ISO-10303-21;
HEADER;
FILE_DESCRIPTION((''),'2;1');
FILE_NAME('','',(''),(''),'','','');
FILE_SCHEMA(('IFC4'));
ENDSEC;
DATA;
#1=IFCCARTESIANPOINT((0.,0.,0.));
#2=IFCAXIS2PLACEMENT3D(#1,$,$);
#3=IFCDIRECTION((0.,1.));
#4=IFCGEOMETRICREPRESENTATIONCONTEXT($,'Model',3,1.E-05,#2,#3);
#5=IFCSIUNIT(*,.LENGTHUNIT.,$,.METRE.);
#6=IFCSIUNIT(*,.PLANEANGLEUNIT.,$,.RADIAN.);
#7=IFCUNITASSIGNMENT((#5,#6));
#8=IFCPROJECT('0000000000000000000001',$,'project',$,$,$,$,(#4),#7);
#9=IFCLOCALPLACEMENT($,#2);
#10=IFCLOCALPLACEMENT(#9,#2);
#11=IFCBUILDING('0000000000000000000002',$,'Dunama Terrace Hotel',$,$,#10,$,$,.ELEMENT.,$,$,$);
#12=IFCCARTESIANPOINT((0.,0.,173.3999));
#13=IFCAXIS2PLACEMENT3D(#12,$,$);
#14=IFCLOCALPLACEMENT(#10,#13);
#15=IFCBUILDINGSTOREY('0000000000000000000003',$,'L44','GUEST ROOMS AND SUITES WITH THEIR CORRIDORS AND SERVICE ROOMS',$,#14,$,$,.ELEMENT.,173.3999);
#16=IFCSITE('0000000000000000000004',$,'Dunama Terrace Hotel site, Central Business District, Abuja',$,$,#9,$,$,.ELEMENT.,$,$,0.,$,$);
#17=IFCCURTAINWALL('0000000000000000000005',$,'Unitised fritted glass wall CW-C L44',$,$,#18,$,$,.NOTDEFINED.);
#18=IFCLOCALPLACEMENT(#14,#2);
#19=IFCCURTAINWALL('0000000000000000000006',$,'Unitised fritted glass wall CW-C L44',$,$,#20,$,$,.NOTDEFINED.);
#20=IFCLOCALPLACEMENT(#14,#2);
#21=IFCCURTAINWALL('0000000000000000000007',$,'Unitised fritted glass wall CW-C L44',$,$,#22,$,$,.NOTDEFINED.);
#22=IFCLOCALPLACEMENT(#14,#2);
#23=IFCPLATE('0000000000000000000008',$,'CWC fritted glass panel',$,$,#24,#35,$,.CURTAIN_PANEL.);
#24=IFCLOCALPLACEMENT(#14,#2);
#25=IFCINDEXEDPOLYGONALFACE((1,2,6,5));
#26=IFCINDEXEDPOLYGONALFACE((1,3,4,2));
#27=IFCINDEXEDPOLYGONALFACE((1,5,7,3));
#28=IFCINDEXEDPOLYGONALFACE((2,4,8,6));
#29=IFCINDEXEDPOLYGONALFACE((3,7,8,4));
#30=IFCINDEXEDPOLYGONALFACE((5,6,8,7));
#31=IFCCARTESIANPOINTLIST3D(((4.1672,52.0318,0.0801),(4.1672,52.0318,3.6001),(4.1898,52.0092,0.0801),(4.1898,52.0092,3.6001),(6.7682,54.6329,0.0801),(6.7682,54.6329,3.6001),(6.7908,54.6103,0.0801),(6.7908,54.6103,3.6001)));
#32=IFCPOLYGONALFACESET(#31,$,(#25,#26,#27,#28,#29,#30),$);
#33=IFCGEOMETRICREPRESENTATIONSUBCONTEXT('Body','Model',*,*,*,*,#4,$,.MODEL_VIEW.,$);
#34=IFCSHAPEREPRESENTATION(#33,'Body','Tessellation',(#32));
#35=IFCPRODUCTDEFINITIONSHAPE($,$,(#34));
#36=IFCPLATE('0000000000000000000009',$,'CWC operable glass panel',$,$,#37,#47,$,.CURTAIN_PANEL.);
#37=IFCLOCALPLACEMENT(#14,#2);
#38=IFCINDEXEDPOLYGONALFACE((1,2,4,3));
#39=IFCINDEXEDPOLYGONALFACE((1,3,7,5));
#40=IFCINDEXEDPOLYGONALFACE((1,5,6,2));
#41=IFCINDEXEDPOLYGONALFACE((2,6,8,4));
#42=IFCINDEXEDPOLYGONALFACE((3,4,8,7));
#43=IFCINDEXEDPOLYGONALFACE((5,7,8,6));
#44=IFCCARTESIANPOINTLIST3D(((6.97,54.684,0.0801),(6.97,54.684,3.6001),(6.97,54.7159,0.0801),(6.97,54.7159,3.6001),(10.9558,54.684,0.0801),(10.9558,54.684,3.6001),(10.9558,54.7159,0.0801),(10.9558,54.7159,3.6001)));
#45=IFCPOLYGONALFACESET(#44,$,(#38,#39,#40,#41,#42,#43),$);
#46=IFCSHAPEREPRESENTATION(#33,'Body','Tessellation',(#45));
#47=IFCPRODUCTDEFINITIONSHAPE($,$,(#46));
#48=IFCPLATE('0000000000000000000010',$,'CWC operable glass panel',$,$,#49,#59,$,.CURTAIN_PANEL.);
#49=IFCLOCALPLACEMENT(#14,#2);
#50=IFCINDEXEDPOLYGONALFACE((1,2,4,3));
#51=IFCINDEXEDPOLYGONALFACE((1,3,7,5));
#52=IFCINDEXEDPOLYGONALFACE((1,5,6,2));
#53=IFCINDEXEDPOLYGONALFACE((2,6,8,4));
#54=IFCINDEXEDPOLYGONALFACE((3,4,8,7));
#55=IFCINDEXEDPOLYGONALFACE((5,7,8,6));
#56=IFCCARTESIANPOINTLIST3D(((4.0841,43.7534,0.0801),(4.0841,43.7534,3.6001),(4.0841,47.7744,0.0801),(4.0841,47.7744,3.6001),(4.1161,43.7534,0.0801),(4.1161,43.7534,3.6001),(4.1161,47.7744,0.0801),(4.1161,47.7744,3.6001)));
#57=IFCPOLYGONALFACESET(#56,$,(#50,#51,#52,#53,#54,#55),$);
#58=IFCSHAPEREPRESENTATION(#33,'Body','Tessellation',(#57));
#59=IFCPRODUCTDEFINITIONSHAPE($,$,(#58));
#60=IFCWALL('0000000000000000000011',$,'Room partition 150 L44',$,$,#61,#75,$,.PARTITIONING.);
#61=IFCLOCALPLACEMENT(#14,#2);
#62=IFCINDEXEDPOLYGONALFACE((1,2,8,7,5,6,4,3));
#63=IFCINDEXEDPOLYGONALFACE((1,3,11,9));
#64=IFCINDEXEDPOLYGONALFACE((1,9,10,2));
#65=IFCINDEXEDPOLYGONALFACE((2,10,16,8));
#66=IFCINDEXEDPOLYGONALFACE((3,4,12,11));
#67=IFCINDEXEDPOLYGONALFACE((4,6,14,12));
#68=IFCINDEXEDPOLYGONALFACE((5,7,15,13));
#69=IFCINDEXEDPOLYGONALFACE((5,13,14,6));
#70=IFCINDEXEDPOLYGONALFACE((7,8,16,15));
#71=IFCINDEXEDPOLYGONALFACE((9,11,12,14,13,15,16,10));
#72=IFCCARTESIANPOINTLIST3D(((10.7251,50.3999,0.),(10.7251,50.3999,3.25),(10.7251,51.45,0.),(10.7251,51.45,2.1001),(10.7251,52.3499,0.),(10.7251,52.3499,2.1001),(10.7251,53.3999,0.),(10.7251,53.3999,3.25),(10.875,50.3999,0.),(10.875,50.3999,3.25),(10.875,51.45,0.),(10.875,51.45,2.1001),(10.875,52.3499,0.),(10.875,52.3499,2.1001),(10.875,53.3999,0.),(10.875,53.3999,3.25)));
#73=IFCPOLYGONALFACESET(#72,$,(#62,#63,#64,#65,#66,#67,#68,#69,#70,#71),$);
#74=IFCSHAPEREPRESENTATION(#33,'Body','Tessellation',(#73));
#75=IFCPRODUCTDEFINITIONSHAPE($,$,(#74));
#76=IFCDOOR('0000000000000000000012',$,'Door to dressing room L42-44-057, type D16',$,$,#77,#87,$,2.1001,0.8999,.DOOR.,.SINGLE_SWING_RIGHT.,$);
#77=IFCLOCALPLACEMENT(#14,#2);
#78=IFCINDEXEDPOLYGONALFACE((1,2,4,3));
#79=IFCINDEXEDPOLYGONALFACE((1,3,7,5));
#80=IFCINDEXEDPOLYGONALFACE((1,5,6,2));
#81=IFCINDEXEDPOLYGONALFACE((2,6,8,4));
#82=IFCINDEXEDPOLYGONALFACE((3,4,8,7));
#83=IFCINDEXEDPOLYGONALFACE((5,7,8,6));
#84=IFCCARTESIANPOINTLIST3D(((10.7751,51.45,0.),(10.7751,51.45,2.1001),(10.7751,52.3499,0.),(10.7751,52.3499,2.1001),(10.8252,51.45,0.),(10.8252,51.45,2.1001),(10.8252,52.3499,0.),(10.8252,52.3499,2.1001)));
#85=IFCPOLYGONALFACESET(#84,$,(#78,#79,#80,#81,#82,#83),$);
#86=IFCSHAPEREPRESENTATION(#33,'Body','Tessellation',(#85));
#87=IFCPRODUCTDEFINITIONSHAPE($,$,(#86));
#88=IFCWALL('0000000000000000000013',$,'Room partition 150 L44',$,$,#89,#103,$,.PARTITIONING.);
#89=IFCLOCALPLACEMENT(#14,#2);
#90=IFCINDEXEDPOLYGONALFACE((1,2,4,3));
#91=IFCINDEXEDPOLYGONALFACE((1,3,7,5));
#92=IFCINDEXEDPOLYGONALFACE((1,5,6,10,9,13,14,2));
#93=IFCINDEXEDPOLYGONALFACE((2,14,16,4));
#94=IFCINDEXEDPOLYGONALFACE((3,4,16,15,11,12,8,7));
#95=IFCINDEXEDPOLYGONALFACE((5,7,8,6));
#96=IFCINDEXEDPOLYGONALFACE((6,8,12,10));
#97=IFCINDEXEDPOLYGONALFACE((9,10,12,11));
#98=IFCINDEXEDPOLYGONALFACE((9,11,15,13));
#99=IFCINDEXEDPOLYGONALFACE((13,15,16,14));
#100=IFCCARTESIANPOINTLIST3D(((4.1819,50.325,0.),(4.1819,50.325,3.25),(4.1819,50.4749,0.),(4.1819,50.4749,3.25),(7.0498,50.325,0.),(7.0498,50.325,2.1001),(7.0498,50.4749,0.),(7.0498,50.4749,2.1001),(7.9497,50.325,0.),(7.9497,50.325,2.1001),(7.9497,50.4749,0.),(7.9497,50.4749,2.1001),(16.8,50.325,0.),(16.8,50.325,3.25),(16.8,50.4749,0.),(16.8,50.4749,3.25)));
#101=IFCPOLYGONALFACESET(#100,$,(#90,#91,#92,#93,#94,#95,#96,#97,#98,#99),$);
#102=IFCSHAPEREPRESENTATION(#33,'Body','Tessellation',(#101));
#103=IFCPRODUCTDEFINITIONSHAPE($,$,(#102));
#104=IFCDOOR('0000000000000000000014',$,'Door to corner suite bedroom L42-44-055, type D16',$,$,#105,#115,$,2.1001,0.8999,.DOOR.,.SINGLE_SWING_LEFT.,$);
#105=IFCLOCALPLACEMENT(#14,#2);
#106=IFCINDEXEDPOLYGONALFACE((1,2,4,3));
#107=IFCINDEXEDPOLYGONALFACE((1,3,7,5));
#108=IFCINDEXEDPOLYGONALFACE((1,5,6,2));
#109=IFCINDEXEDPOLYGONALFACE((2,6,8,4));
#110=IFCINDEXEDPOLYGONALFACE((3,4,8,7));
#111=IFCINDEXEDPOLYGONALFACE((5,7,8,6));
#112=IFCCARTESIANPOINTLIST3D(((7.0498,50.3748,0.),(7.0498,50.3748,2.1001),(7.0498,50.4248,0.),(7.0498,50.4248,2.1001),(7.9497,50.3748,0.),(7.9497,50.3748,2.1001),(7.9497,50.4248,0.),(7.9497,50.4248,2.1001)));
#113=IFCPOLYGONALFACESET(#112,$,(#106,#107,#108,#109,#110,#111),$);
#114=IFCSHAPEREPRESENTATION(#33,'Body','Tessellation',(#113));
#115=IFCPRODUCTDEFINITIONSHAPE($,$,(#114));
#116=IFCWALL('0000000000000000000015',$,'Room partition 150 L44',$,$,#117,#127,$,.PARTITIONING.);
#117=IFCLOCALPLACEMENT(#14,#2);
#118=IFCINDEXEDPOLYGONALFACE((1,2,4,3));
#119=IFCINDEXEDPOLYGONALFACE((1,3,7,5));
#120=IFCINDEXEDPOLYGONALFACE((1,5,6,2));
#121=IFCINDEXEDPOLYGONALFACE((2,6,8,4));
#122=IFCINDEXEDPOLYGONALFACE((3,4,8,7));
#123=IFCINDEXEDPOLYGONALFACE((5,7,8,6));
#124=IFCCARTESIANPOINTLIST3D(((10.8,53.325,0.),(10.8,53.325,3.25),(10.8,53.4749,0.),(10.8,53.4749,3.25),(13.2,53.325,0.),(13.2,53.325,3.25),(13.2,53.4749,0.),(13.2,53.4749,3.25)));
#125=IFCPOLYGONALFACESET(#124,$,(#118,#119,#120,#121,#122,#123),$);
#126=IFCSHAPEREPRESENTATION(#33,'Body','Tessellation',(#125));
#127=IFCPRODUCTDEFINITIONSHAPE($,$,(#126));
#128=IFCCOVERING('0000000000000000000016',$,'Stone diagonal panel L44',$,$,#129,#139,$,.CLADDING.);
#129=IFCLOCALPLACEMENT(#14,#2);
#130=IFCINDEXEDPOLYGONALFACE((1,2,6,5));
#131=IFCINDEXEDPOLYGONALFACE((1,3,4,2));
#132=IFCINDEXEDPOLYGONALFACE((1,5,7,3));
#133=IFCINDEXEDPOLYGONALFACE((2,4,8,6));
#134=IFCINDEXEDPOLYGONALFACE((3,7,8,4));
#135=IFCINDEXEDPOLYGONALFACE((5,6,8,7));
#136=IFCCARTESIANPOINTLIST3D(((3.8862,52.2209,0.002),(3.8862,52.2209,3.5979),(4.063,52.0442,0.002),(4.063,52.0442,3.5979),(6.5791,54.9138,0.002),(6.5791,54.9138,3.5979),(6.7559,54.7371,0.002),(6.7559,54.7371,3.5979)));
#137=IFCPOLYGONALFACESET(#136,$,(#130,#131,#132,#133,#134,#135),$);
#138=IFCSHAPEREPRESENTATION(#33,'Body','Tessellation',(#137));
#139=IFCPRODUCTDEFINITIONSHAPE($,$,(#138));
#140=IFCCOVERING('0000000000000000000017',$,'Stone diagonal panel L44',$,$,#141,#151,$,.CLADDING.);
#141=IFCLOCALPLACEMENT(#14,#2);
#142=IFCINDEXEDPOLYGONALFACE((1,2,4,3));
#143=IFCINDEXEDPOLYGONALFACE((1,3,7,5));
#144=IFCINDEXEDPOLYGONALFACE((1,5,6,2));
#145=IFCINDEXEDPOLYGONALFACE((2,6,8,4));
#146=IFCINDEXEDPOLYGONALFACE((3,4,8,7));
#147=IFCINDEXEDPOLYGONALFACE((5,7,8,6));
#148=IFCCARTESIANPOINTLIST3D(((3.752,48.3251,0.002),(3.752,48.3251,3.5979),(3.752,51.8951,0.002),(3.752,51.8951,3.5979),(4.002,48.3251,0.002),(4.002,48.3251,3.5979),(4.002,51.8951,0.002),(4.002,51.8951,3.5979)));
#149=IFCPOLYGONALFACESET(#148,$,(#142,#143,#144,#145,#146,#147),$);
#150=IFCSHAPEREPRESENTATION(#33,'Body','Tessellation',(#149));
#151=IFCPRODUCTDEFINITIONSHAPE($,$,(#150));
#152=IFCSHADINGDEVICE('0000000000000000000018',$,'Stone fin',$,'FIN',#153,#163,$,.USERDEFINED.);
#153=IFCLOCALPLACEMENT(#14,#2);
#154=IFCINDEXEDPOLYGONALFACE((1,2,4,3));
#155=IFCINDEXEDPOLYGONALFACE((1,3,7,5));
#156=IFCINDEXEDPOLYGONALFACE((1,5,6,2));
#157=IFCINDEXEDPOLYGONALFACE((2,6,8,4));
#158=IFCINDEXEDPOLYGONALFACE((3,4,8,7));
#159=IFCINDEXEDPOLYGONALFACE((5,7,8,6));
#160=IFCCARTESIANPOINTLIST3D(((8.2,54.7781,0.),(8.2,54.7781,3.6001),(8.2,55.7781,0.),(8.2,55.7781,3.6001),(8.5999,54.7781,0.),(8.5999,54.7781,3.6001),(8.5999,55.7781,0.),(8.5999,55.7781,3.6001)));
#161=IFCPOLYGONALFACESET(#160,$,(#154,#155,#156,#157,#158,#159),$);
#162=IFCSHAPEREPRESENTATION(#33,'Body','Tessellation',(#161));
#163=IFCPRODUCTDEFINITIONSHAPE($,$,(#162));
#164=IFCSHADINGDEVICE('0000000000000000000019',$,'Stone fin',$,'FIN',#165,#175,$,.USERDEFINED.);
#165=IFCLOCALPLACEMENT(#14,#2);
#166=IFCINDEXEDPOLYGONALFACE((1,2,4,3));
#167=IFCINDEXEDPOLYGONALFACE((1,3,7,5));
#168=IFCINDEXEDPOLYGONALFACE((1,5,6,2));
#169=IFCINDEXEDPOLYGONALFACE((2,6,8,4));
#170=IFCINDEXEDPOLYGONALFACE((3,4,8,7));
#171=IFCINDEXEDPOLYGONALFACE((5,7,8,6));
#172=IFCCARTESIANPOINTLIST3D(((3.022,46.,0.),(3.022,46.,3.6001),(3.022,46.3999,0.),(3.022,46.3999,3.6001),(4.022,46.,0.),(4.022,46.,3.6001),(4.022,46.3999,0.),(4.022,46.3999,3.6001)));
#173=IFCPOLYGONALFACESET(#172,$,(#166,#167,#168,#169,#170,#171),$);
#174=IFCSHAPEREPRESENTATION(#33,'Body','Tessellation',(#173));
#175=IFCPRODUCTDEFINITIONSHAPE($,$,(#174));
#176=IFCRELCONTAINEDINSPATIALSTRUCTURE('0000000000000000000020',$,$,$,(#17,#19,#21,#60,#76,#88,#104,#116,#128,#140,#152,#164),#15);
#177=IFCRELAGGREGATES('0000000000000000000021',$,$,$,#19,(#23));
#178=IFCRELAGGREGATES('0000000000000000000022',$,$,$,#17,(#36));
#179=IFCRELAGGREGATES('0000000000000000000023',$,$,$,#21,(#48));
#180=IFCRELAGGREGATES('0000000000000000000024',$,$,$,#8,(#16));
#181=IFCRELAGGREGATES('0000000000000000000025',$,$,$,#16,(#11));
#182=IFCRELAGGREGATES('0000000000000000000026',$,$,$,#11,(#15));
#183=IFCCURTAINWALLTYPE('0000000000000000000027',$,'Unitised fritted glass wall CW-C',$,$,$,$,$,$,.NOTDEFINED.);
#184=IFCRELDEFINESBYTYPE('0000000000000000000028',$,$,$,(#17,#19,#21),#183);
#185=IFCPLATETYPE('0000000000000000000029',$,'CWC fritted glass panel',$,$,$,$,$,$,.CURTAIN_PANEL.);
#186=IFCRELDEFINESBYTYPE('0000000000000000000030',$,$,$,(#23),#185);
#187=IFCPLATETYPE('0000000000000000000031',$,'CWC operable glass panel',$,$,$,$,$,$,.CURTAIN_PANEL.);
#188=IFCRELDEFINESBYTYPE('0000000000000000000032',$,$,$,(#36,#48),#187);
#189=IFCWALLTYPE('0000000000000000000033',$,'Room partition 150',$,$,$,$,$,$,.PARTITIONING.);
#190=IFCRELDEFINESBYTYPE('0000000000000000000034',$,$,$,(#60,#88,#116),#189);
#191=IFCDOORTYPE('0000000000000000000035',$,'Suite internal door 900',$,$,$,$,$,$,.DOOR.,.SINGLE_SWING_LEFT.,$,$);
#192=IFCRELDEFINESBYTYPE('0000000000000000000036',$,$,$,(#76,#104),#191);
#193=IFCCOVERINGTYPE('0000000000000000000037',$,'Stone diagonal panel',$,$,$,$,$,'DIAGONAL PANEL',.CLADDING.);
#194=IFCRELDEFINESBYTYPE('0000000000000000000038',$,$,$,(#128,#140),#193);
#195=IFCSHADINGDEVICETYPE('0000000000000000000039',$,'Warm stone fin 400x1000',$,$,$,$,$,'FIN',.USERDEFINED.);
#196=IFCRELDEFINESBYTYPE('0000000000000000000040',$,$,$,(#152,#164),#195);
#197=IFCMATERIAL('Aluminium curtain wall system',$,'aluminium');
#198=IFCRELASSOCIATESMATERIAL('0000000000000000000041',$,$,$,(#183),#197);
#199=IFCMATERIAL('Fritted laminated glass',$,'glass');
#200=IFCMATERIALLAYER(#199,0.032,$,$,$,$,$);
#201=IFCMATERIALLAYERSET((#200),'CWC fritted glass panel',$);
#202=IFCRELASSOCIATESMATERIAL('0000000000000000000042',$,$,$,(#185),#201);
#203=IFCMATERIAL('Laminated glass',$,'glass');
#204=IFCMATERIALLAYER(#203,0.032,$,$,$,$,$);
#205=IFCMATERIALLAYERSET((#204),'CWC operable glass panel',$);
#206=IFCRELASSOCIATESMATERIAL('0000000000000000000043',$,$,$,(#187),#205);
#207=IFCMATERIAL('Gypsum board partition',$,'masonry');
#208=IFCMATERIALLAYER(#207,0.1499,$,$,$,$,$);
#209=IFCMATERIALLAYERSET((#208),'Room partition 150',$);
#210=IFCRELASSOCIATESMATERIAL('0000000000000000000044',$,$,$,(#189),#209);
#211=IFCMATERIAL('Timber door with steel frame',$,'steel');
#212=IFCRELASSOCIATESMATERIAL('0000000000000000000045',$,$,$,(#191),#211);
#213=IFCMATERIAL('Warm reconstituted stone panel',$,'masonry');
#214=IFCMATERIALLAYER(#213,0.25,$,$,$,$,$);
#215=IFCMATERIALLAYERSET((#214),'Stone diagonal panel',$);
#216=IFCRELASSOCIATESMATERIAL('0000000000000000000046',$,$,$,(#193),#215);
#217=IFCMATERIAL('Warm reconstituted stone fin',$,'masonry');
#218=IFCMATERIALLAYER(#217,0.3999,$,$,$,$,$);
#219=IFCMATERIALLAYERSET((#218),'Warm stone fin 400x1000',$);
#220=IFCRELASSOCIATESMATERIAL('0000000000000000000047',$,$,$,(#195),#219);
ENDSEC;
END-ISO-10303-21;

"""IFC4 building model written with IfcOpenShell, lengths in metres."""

from ifc_helpers import new_model, si_unit, direction, frame, frame_2d, origin, origin_2d, place, context, subcontext, project, spatial, rectangle, extrude, material, layer, layer_set, type_object, element, fill, aggregate, save


model = new_model("IFC4")

# Units and contexts
model_context = context("Model", 3, precision=1e-05, world=origin(), true_north=direction((0.0, 1.0)))
body_context = subcontext(model_context, "Body", "Model", "MODEL_VIEW")
ifc_project = project(units=[si_unit("LENGTHUNIT", "METRE"), si_unit("PLANEANGLEUNIT", "RADIAN")], contexts=[model_context])

# Site, building, storey
site_placement = place(None, origin())
site = spatial("IfcSite", under=ifc_project, at=site_placement, Name="Dunama Terrace Hotel site, Central Business District, Abuja", CompositionType="ELEMENT", RefElevation=0.0)
building_placement = place(site_placement, origin())
building = spatial("IfcBuilding", under=site, at=building_placement, Name="Dunama Terrace Hotel", CompositionType="ELEMENT")
storey_placement = place(building_placement, frame((0.0, 0.0, 173.3999)))
storey = spatial("IfcBuildingStorey", under=building, at=storey_placement, Name="L44", Description="GUEST ROOMS AND SUITES WITH THEIR CORRIDORS AND SERVICE ROOMS", CompositionType="ELEMENT", Elevation=173.3999)

# Curtain wall
ifc_material_1 = material(Name="Aluminium curtain wall system", Category="aluminium")
curtain_wall_type = type_object("IfcCurtainWallType", Name="Unitised fritted glass wall CW-C", PredefinedType="NOTDEFINED", material=ifc_material_1)
curtain_wall_1_placement = place(storey_placement, origin())
curtain_wall_1 = element("IfcCurtainWall", 1, at=curtain_wall_1_placement, inside=storey, type_object=curtain_wall_type, Name="Unitised fritted glass wall CW-C L44", PredefinedType="NOTDEFINED")

# Curtain walls
curtain_wall_2_placement = place(storey_placement, origin())
curtain_wall_2 = element("IfcCurtainWall", 2, at=curtain_wall_2_placement, inside=storey, type_object=curtain_wall_type, Name="Unitised fritted glass wall CW-C L44", PredefinedType="NOTDEFINED")
curtain_wall_3_placement = place(storey_placement, origin())
curtain_wall_3 = element("IfcCurtainWall", 3, at=curtain_wall_3_placement, inside=storey, type_object=curtain_wall_type, Name="Unitised fritted glass wall CW-C L44", PredefinedType="NOTDEFINED")

# Plates
ifc_material_2 = material(Name="Fritted laminated glass", Category="glass")
ifc_layer_1 = layer(ifc_material_2, 0.032)
ifc_layer_set_1 = layer_set([ifc_layer_1], Name="CWC fritted glass panel")
plate_type_1 = type_object("IfcPlateType", Name="CWC fritted glass panel", PredefinedType="CURTAIN_PANEL", material=ifc_layer_set_1)
plate_1_placement = place(storey_placement, frame((5.479, 53.321, 0.0801), z_axis=(0.0, 0.0, 1.0), x_axis=(-0.707107, -0.707107, 0.0)))
plate_1 = element("IfcPlate", 4, at=plate_1_placement, type_object=plate_type_1, Name="CWC fritted glass panel", PredefinedType="CURTAIN_PANEL", context=body_context, shape_type="SweptSolid", body=[
    extrude(rectangle(XDim=3.6785, YDim=0.032, at=origin_2d()), origin(), (0.0, 0.0, 1.0), 3.52),
])
aggregate(curtain_wall_2, [plate_1])
ifc_material_3 = material(Name="Laminated glass", Category="glass")
ifc_layer_2 = layer(ifc_material_3, 0.032)
ifc_layer_set_2 = layer_set([ifc_layer_2], Name="CWC operable glass panel")
plate_type_2 = type_object("IfcPlateType", Name="CWC operable glass panel", PredefinedType="CURTAIN_PANEL", material=ifc_layer_set_2)
plate_2_placement = place(storey_placement, frame((8.9629, 54.7, 0.0801), z_axis=(0.0, 0.0, 1.0), x_axis=(-1.0, 0.0, 0.0)))
plate_2 = element("IfcPlate", 5, at=plate_2_placement, type_object=plate_type_2, Name="CWC operable glass panel", PredefinedType="CURTAIN_PANEL", context=body_context, shape_type="SweptSolid", body=[
    extrude(rectangle(XDim=3.9858, YDim=0.032, at=origin_2d()), origin(), (0.0, 0.0, 1.0), 3.52),
])
aggregate(curtain_wall_1, [plate_2])
plate_3_placement = place(storey_placement, frame((4.1001, 45.7639, 0.0801), z_axis=(0.0, 0.0, 1.0), x_axis=(0.0, -1.0, 0.0)))
plate_3 = element("IfcPlate", 6, at=plate_3_placement, type_object=plate_type_2, Name="CWC operable glass panel", PredefinedType="CURTAIN_PANEL", context=body_context, shape_type="SweptSolid", body=[
    extrude(rectangle(XDim=4.021, YDim=0.032, at=origin_2d()), origin(), (0.0, 0.0, 1.0), 3.52),
])
aggregate(curtain_wall_3, [plate_3])

# Walls, openings, doors
ifc_material_4 = material(Name="Gypsum board partition", Category="masonry")
ifc_layer_3 = layer(ifc_material_4, 0.1499)
ifc_layer_set_3 = layer_set([ifc_layer_3], Name="Room partition 150")
wall_type = type_object("IfcWallType", Name="Room partition 150", PredefinedType="PARTITIONING", material=ifc_layer_set_3)
wall_1_placement = place(storey_placement, frame((10.8, 50.3999, 0.0), z_axis=(0.0, 0.0, 1.0), x_axis=(0.0, 1.0, 0.0)))
wall_1 = element("IfcWall", 7, at=wall_1_placement, inside=storey, type_object=wall_type, Name="Room partition 150 L44", PredefinedType="PARTITIONING", context=body_context, shape_type="SweptSolid", body=[
    extrude(rectangle(XDim=3.0, YDim=0.1499, at=frame_2d((1.5, 0.0))), origin(), (0.0, 0.0, 1.0), 3.25),
])
opening_1_placement = place(wall_1_placement, frame((1.05, 0.0, 0.0)))
opening_1 = element("IfcOpeningElement", 8, at=opening_1_placement, cuts=wall_1, PredefinedType="OPENING", context=body_context, shape_type="SweptSolid", body=[
    extrude(rectangle(XDim=0.8999, YDim=2.1001, at=frame_2d((0.45, 1.05))), frame((0.0, 0.085, 0.0), z_axis=(0.0, -1.0, 0.0), x_axis=(1.0, 0.0, 0.0)), (0.0, 0.0, 1.0), 0.1699),
])
ifc_material_5 = material(Name="Timber door with steel frame", Category="steel")
door_type = type_object("IfcDoorType", Name="Suite internal door 900", OperationType="SINGLE_SWING_LEFT", PredefinedType="DOOR", material=ifc_material_5)
door_1_placement = place(opening_1_placement, frame((0.8999, 0.0, 0.0), z_axis=(0.0, 0.0, 1.0), x_axis=(-1.0, 0.0, 0.0)))
door_1 = element("IfcDoor", 9, at=door_1_placement, inside=storey, type_object=door_type, Name="Door to dressing room L42-44-057, type D16", OperationType="SINGLE_SWING_RIGHT", OverallHeight=2.1001, OverallWidth=0.8999, PredefinedType="DOOR", context=body_context, shape_type="SweptSolid", body=[
    extrude(rectangle(XDim=0.8999, YDim=2.1001, at=frame_2d((0.45, 1.05))), frame((0.0, 0.0251, 0.0), z_axis=(0.0, -1.0, 0.0), x_axis=(1.0, 0.0, 0.0)), (0.0, 0.0, 1.0), 0.05),
])
fill(opening_1, door_1)
wall_2_placement = place(storey_placement, frame((4.1819, 50.3999, 0.0), z_axis=(0.0, 0.0, 1.0), x_axis=(1.0, 0.0, 0.0)))
wall_2 = element("IfcWall", 10, at=wall_2_placement, inside=storey, type_object=wall_type, Name="Room partition 150 L44", PredefinedType="PARTITIONING", context=body_context, shape_type="SweptSolid", body=[
    extrude(rectangle(XDim=12.6182, YDim=0.1499, at=frame_2d((6.3091, 0.0))), origin(), (0.0, 0.0, 1.0), 3.25),
])
opening_2_placement = place(wall_2_placement, frame((2.8679, 0.0, 0.0)))
opening_2 = element("IfcOpeningElement", 11, at=opening_2_placement, cuts=wall_2, PredefinedType="OPENING", context=body_context, shape_type="SweptSolid", body=[
    extrude(rectangle(XDim=0.8999, YDim=2.1001, at=frame_2d((0.45, 1.05))), frame((0.0, 0.085, 0.0), z_axis=(0.0, -1.0, 0.0), x_axis=(1.0, 0.0, 0.0)), (0.0, 0.0, 1.0), 0.1699),
])
door_2_placement = place(opening_2_placement, origin())
door_2 = element("IfcDoor", 12, at=door_2_placement, inside=storey, type_object=door_type, Name="Door to corner suite bedroom L42-44-055, type D16", OperationType="SINGLE_SWING_LEFT", OverallHeight=2.1001, OverallWidth=0.8999, PredefinedType="DOOR", context=body_context, shape_type="SweptSolid", body=[
    extrude(rectangle(XDim=0.8999, YDim=2.1001, at=frame_2d((0.45, 1.05))), frame((0.0, 0.0249, 0.0), z_axis=(0.0, -1.0, 0.0), x_axis=(1.0, 0.0, 0.0)), (0.0, 0.0, 1.0), 0.05),
])
fill(opening_2, door_2)

# Wall
wall_3_placement = place(storey_placement, frame((10.8, 53.3999, 0.0), z_axis=(0.0, 0.0, 1.0), x_axis=(1.0, 0.0, 0.0)))
element("IfcWall", 13, at=wall_3_placement, inside=storey, type_object=wall_type, Name="Room partition 150 L44", PredefinedType="PARTITIONING", context=body_context, shape_type="SweptSolid", body=[
    extrude(rectangle(XDim=2.3999, YDim=0.1499, at=frame_2d((1.2, 0.0))), origin(), (0.0, 0.0, 1.0), 3.25),
])

# Coverings
ifc_material_6 = material(Name="Warm reconstituted stone panel", Category="masonry")
ifc_layer_4 = layer(ifc_material_6, 0.25)
ifc_layer_set_4 = layer_set([ifc_layer_4], Name="Stone diagonal panel")
covering_type = type_object("IfcCoveringType", Name="Stone diagonal panel", ElementType="DIAGONAL PANEL", PredefinedType="CLADDING", material=ifc_layer_set_4)
covering_1_placement = place(storey_placement, frame((5.321, 53.479, 0.002), z_axis=(0.0, 0.0, 1.0), x_axis=(-0.707107, -0.707107, 0.0)))
element("IfcCovering", 14, at=covering_1_placement, inside=storey, type_object=covering_type, Name="Stone diagonal panel L44", PredefinedType="CLADDING", context=body_context, shape_type="SweptSolid", body=[
    extrude(rectangle(XDim=3.8083, YDim=0.25, at=origin_2d()), origin(), (0.0, 0.0, 1.0), 3.5959),
])
covering_2_placement = place(storey_placement, frame((3.877, 50.1101, 0.002), z_axis=(0.0, 0.0, 1.0), x_axis=(0.0, -1.0, 0.0)))
element("IfcCovering", 15, at=covering_2_placement, inside=storey, type_object=covering_type, Name="Stone diagonal panel L44", PredefinedType="CLADDING", context=body_context, shape_type="SweptSolid", body=[
    extrude(rectangle(XDim=3.5701, YDim=0.25, at=origin_2d()), origin(), (0.0, 0.0, 1.0), 3.5959),
])

# Shading devices
ifc_material_7 = material(Name="Warm reconstituted stone fin", Category="masonry")
ifc_layer_5 = layer(ifc_material_7, 0.3999)
ifc_layer_set_5 = layer_set([ifc_layer_5], Name="Warm stone fin 400x1000")
shading_device_type = type_object("IfcShadingDeviceType", Name="Warm stone fin 400x1000", ElementType="FIN", PredefinedType="USERDEFINED", material=ifc_layer_set_5)
for number, where, z_axis, x_axis, name in (
    (16, (8.3999, 55.2781, 0.0), (0.0, 0.0, 1.0), (-1.0, 0.0, 0.0), "Stone fin"),
    (17, (3.522, 46.2, 0.0), (0.0, 0.0, 1.0), (0.0, -1.0, 0.0), "Stone fin"),
):
    element("IfcShadingDevice", number, at=place(storey_placement, frame(where, z_axis=z_axis, x_axis=x_axis)), inside=storey, type_object=shading_device_type, Name=name, ObjectType="FIN", PredefinedType="USERDEFINED", context=body_context, shape_type="SweptSolid", body=[
        extrude(rectangle(XDim=0.3999, YDim=1.0, at=origin_2d()), origin(), (0.0, 0.0, 1.0), 3.6001),
    ])

save(model, "model.ifc")
